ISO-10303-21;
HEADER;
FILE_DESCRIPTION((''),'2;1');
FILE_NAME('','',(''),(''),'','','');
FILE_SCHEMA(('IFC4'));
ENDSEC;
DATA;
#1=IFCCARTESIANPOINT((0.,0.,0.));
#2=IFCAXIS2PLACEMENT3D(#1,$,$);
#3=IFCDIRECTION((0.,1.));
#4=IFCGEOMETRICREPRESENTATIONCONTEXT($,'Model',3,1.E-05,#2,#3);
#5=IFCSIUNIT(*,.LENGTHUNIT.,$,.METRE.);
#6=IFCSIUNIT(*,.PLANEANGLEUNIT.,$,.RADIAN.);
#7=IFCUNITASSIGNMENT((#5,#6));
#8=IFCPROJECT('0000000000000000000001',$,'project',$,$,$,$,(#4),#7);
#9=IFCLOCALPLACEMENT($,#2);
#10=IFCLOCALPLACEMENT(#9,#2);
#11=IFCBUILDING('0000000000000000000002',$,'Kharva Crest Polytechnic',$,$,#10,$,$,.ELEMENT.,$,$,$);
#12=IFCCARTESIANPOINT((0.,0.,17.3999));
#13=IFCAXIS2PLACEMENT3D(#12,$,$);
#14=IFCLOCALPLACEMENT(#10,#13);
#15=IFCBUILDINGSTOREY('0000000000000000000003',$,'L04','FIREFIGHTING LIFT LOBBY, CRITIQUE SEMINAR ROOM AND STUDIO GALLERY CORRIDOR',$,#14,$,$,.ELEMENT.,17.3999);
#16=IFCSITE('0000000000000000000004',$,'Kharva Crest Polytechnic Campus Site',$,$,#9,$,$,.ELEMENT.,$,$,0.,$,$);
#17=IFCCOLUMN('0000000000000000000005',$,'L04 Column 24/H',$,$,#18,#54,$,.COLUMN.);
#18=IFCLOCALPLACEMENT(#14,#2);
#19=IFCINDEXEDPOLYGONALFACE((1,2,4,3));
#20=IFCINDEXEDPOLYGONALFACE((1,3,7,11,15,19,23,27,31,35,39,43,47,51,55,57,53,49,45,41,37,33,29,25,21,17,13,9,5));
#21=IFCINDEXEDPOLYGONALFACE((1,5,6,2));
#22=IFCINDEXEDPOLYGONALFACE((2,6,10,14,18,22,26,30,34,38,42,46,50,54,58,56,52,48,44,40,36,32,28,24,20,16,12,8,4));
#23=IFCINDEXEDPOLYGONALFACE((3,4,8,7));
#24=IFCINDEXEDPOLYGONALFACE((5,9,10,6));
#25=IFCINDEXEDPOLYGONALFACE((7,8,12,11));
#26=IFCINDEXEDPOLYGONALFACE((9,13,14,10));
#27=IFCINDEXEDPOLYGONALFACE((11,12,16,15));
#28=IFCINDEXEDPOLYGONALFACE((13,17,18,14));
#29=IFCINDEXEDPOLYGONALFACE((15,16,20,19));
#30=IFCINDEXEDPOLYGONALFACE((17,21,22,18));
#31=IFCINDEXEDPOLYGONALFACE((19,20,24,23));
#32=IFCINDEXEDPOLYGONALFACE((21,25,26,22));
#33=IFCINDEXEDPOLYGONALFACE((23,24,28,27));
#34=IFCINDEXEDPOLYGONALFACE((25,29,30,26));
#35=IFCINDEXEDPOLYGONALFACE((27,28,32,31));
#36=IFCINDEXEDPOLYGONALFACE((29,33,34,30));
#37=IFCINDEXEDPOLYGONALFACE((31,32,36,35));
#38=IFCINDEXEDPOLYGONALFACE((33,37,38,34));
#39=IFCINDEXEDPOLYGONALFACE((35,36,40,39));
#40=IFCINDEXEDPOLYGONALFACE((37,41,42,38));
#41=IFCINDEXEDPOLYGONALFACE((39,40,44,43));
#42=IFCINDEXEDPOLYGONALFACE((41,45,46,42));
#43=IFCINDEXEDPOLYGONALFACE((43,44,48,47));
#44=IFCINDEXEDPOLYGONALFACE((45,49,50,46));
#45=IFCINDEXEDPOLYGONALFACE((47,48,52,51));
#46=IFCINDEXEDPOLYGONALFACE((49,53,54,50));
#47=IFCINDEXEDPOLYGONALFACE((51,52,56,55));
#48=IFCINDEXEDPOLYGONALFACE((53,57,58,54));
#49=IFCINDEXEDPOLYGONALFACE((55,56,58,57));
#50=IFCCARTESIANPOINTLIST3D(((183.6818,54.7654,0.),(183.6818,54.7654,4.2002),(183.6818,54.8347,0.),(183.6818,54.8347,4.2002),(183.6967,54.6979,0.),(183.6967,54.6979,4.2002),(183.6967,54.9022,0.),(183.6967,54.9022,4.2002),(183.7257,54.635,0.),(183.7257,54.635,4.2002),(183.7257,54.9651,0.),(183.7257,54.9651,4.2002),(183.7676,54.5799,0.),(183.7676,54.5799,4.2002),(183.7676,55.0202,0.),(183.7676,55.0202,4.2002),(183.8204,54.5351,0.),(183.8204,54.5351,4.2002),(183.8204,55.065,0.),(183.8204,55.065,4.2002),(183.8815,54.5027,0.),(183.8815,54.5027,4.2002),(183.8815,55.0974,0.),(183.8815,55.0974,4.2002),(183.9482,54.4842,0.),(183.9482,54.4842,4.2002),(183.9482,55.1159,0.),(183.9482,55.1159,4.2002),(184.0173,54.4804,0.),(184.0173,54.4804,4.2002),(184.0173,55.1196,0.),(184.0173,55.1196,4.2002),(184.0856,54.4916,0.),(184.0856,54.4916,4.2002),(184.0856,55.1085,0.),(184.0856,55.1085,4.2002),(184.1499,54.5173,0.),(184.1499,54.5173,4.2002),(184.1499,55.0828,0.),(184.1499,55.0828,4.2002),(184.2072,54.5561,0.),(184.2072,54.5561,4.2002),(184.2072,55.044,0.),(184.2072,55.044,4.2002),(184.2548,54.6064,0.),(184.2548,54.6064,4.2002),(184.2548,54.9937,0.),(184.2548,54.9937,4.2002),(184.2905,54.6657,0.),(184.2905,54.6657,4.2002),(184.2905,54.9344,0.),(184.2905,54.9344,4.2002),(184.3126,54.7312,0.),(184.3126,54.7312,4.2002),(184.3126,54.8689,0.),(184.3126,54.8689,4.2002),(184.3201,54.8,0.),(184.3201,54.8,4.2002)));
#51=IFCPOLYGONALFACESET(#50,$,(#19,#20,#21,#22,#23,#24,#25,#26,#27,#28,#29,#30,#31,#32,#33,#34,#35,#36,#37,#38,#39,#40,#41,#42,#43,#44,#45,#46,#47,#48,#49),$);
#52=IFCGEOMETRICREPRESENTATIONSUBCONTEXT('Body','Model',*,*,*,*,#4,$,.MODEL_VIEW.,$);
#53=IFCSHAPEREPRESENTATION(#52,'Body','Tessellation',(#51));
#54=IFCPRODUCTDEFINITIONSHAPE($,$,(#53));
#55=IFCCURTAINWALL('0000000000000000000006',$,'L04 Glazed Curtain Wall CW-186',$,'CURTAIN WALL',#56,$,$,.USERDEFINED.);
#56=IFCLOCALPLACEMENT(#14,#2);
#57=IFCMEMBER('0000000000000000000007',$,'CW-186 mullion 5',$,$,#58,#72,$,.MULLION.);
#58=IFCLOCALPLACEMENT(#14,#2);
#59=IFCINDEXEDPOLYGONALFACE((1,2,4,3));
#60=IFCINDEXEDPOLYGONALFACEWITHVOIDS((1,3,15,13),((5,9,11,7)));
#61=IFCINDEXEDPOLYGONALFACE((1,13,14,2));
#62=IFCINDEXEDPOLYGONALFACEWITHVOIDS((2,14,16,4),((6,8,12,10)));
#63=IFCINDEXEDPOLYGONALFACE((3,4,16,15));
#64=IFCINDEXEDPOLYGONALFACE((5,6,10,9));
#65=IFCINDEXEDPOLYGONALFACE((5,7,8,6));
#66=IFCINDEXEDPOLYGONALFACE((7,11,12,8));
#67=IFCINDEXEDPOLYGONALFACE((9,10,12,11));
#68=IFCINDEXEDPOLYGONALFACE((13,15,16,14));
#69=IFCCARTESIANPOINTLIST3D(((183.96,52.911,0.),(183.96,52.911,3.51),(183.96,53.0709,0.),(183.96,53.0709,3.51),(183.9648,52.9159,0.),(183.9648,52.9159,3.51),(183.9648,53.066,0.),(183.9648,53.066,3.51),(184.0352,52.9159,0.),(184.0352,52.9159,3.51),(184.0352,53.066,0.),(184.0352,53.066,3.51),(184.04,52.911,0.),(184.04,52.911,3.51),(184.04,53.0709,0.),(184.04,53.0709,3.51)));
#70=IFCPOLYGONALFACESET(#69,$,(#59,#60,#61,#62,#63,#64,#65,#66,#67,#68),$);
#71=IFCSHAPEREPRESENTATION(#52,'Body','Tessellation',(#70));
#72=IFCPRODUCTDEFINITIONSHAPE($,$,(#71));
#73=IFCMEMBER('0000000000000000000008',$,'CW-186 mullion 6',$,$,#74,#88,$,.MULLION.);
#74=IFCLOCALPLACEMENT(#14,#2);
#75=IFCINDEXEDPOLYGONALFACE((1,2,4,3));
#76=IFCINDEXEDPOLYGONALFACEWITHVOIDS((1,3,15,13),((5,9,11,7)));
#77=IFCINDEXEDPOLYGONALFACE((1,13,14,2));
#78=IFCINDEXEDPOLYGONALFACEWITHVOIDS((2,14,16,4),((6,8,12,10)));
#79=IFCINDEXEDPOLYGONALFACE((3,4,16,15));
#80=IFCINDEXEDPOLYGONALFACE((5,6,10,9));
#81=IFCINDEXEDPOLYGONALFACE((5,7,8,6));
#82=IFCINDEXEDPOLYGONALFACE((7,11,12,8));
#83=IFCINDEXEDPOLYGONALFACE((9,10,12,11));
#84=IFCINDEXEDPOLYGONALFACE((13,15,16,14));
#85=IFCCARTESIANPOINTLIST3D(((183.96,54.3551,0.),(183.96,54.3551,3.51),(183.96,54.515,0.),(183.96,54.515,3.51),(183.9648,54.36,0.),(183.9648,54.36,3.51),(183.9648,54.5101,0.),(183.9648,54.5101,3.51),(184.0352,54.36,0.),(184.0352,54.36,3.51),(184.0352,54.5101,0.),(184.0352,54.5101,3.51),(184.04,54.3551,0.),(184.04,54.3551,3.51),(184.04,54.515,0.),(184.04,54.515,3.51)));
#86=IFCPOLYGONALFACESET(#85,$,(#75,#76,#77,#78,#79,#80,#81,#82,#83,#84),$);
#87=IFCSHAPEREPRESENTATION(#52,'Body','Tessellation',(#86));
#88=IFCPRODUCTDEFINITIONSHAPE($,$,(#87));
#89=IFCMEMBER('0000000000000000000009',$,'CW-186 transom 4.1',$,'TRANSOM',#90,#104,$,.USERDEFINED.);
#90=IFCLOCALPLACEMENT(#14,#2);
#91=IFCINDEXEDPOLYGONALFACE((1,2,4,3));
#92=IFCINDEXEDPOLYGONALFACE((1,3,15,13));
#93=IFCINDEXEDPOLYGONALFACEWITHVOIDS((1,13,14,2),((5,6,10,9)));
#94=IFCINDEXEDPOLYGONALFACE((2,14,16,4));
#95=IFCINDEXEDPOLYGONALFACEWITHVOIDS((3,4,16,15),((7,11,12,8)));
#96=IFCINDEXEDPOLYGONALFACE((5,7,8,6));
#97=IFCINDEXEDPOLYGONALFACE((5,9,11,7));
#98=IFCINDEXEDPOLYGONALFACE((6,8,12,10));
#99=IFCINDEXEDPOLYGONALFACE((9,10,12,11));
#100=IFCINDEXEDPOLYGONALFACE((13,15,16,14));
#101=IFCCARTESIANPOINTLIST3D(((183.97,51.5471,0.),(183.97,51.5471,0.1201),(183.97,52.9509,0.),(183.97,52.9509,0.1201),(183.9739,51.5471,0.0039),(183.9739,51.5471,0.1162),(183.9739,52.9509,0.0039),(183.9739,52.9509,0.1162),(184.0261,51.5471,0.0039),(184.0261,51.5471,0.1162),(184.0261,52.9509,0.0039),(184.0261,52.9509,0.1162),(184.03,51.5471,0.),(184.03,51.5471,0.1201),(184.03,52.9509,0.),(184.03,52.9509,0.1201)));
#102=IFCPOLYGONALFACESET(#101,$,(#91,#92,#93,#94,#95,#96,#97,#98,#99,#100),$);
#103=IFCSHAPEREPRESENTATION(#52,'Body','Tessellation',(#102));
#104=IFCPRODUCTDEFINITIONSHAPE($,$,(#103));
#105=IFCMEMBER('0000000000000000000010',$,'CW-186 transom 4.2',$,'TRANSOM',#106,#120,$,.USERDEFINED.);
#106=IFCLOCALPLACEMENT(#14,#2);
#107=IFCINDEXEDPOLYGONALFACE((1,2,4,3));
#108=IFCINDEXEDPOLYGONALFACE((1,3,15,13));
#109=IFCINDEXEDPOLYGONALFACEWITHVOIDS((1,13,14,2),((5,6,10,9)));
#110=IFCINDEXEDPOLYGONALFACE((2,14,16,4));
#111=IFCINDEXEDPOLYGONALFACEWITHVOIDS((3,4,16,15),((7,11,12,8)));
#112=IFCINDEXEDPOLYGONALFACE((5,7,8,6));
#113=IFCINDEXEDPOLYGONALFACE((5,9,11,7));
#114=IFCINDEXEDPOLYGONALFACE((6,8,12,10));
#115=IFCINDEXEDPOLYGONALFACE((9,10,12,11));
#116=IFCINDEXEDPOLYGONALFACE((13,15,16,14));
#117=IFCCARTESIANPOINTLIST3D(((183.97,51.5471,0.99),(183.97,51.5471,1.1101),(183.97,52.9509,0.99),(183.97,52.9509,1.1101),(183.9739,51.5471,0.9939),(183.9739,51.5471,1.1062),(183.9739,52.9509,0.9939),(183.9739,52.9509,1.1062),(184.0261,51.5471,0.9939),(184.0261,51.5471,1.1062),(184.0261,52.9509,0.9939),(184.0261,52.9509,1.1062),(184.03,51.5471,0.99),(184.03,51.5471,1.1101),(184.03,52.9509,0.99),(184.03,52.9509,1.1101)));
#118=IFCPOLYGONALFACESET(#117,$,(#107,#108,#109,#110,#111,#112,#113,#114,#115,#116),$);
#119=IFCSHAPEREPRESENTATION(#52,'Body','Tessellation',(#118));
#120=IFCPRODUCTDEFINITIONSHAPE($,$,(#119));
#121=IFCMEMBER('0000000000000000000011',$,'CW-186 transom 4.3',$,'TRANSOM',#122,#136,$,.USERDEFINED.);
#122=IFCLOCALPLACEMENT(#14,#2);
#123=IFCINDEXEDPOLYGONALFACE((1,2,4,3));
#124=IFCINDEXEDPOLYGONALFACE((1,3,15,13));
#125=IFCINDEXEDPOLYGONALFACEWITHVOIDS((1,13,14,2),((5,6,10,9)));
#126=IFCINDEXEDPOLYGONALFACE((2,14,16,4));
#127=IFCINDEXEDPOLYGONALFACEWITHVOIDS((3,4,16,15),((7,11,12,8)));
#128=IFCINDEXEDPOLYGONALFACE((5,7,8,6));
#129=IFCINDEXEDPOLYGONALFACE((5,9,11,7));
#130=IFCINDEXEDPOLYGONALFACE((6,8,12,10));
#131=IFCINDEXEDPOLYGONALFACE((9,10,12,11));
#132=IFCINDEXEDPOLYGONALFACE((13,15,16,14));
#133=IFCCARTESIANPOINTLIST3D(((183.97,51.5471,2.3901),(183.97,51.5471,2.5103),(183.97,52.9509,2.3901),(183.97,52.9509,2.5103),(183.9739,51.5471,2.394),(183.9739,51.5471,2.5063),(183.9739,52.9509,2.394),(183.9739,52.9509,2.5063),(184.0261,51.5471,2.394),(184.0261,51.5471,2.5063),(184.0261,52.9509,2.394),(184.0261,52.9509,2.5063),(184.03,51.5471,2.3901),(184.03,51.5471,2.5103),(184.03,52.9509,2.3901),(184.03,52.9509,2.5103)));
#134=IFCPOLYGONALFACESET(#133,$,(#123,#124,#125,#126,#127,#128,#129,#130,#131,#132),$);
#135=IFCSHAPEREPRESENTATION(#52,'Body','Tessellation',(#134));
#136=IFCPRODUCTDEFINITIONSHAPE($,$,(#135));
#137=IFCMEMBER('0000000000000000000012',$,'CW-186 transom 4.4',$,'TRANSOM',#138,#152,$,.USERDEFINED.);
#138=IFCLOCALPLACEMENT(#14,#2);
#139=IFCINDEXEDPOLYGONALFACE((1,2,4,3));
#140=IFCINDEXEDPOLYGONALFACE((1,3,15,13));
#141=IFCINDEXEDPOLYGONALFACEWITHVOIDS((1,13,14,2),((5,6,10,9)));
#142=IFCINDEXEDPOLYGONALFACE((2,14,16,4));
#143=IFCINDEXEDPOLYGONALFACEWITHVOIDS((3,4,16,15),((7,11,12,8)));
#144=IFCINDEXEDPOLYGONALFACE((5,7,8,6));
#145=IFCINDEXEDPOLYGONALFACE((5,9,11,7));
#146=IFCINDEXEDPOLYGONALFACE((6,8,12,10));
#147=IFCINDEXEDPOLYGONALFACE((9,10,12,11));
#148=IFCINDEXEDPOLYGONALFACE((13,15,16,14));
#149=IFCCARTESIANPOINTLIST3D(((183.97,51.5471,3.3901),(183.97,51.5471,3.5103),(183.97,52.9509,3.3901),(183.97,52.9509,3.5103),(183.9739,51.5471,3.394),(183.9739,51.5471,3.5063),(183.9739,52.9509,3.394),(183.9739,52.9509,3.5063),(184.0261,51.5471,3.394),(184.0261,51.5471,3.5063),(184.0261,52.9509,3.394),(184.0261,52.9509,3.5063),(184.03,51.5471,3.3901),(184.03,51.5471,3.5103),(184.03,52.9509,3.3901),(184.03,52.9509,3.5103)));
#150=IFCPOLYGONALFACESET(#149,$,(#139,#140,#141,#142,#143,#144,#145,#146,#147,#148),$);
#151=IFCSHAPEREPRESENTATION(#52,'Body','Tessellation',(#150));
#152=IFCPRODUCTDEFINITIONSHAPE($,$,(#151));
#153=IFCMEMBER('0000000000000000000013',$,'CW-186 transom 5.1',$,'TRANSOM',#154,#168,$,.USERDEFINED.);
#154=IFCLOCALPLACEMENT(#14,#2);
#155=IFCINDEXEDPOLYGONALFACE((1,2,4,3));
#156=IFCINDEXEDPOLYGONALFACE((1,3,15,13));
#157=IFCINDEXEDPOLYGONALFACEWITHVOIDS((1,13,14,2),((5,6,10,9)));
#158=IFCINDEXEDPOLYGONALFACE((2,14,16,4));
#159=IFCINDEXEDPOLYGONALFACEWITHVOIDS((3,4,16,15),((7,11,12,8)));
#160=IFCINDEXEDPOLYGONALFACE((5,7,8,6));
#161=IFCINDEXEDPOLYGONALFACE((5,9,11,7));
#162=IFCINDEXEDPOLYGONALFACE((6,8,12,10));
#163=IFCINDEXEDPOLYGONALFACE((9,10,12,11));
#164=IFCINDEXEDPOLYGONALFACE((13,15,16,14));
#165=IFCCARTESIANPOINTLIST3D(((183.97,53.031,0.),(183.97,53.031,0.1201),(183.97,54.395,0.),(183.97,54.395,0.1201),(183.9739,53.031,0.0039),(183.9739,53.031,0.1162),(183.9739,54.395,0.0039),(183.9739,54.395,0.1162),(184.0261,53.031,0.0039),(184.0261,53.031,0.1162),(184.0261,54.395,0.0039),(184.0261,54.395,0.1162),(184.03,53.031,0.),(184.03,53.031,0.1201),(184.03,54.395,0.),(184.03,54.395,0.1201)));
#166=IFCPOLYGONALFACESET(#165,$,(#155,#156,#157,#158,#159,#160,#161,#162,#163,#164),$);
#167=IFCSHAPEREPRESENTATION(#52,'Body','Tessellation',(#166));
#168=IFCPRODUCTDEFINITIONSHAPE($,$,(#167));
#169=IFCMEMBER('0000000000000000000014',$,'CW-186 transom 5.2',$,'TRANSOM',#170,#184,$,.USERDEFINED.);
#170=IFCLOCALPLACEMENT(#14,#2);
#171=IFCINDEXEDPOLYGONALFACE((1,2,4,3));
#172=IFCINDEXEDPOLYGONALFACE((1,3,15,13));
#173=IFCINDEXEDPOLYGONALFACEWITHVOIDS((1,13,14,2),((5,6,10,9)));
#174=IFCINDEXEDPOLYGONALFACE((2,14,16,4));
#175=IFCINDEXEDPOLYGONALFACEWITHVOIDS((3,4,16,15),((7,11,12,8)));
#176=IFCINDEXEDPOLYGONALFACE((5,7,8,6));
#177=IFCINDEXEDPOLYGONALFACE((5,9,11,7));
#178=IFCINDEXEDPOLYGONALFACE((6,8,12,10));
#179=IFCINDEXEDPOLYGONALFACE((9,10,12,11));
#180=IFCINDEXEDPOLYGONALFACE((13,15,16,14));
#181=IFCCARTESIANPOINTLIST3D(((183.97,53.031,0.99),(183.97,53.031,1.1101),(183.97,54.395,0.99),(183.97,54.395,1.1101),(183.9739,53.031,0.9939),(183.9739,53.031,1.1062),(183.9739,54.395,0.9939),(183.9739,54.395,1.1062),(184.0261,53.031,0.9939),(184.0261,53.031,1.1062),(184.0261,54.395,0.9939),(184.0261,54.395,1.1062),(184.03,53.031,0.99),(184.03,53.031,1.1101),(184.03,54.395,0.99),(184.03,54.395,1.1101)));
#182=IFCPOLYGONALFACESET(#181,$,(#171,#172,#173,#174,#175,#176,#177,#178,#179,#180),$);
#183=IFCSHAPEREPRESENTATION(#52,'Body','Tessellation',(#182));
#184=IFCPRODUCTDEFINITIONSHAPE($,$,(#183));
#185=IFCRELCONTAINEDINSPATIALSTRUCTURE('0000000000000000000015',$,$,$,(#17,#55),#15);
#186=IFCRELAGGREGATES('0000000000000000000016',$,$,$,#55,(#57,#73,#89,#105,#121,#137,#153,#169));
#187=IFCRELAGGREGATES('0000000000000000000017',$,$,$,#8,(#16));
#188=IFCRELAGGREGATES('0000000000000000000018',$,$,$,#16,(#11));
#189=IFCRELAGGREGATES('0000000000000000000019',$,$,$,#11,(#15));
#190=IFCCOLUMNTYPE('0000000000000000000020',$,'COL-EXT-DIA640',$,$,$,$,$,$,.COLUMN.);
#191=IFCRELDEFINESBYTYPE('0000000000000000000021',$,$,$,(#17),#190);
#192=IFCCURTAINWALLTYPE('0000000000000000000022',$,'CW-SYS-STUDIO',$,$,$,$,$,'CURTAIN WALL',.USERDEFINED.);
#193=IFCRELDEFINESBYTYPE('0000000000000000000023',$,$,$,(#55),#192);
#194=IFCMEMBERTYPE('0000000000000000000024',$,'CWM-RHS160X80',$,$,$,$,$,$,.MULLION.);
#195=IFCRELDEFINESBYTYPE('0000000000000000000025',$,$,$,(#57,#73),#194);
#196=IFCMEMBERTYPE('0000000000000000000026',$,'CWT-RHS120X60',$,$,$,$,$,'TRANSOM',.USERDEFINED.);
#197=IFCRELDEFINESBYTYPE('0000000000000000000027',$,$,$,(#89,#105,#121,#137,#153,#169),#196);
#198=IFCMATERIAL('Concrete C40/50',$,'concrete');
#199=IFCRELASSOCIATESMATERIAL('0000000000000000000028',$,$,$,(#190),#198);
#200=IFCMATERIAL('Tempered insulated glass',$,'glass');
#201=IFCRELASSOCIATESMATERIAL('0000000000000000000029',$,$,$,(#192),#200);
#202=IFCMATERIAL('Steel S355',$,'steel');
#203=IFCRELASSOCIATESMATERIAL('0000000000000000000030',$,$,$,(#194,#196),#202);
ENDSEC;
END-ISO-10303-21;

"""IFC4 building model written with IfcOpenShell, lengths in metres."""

from ifc_helpers import new_model, si_unit, direction, frame, origin, origin_2d, place, context, subcontext, project, spatial, hollow_rectangle, circle, extrude, material, material_profile, profile_set, type_object, element, aggregate, save


model = new_model("IFC4")

# Units and contexts
model_context = context("Model", 3, precision=1e-05, world=origin(), true_north=direction((0.0, 1.0)))
body_context = subcontext(model_context, "Body", "Model", "MODEL_VIEW")
ifc_project = project(units=[si_unit("LENGTHUNIT", "METRE"), si_unit("PLANEANGLEUNIT", "RADIAN")], contexts=[model_context])

# Site, building, storey
site_placement = place(None, origin())
site = spatial("IfcSite", under=ifc_project, at=site_placement, Name="Kharva Crest Polytechnic Campus Site", CompositionType="ELEMENT", RefElevation=0.0)
building_placement = place(site_placement, origin())
building = spatial("IfcBuilding", under=site, at=building_placement, Name="Kharva Crest Polytechnic", CompositionType="ELEMENT")
storey_placement = place(building_placement, frame((0.0, 0.0, 17.3999)))
storey = spatial("IfcBuildingStorey", under=building, at=storey_placement, Name="L04", Description="FIREFIGHTING LIFT LOBBY, CRITIQUE SEMINAR ROOM AND STUDIO GALLERY CORRIDOR", CompositionType="ELEMENT", Elevation=17.3999)

# Column
ifc_material_1 = material(Name="Concrete C40/50", Category="concrete")
ifc_material_profile_1 = material_profile(ifc_material_1, circle(Radius=0.3201, at=origin_2d()), Name="DIA 640")
ifc_profile_set_1 = profile_set([ifc_material_profile_1], Name="Concrete C40/50")
column_type = type_object("IfcColumnType", Name="COL-EXT-DIA640", PredefinedType="COLUMN", material=ifc_profile_set_1)
column_placement = place(storey_placement, frame((184.0, 54.8, 0.0), z_axis=(0.0, 0.0, 1.0), x_axis=(1.0, 0.0, 0.0)))
element("IfcColumn", 1, at=column_placement, inside=storey, type_object=column_type, Name="L04 Column 24/H", PredefinedType="COLUMN", context=body_context, shape_type="SweptSolid", body=[
    extrude(circle(Radius=0.3201, at=origin_2d()), origin(), (0.0, 0.0, 1.0), 4.2002),
])

# Curtain wall, members
ifc_material_2 = material(Name="Tempered insulated glass", Category="glass")
curtain_wall_type = type_object("IfcCurtainWallType", Name="CW-SYS-STUDIO", ElementType="CURTAIN WALL", PredefinedType="USERDEFINED", material=ifc_material_2)
curtain_wall_placement = place(storey_placement, origin())
curtain_wall = element("IfcCurtainWall", 2, at=curtain_wall_placement, inside=storey, type_object=curtain_wall_type, Name="L04 Glazed Curtain Wall CW-186", ObjectType="CURTAIN WALL", PredefinedType="USERDEFINED")
ifc_material_3 = material(Name="Steel S355", Category="steel")
ifc_material_profile_2 = material_profile(ifc_material_3, hollow_rectangle(XDim=0.0801, YDim=0.1599, WallThickness=0.0049, at=origin_2d()), Name="RHS 160X80X5.0")
ifc_profile_set_2 = profile_set([ifc_material_profile_2], Name="Steel S355")
member_type_1 = type_object("IfcMemberType", Name="CWM-RHS160X80", PredefinedType="MULLION", material=ifc_profile_set_2)
member_1_placement = place(storey_placement, frame((184.0, 52.991, 0.0), z_axis=(0.0, 0.0, 1.0), x_axis=(-1.0, 0.0, 0.0)))
member_1 = element("IfcMember", 3, at=member_1_placement, type_object=member_type_1, Name="CW-186 mullion 5", PredefinedType="MULLION", context=body_context, shape_type="SweptSolid", body=[
    extrude(hollow_rectangle(XDim=0.0801, YDim=0.1599, WallThickness=0.0049, at=origin_2d()), origin(), (0.0, 0.0, 1.0), 3.51),
])
member_2_placement = place(storey_placement, frame((184.0, 54.4351, 0.0), z_axis=(0.0, 0.0, 1.0), x_axis=(-1.0, 0.0, 0.0)))
member_2 = element("IfcMember", 4, at=member_2_placement, type_object=member_type_1, Name="CW-186 mullion 6", PredefinedType="MULLION", context=body_context, shape_type="SweptSolid", body=[
    extrude(hollow_rectangle(XDim=0.0801, YDim=0.1599, WallThickness=0.0049, at=origin_2d()), origin(), (0.0, 0.0, 1.0), 3.51),
])
ifc_material_profile_3 = material_profile(ifc_material_3, hollow_rectangle(XDim=0.0601, YDim=0.1201, WallThickness=0.0039, at=origin_2d()), Name="RHS 120X60X4.0")
ifc_profile_set_3 = profile_set([ifc_material_profile_3], Name="Steel S355")
member_type_2 = type_object("IfcMemberType", Name="CWT-RHS120X60", ElementType="TRANSOM", PredefinedType="USERDEFINED", material=ifc_profile_set_3)
member_3_placement = place(storey_placement, frame((184.0, 51.5471, 0.0601), z_axis=(0.0, 1.0, 0.0), x_axis=(-1.0, 0.0, 0.0)))
member_3 = element("IfcMember", 5, at=member_3_placement, type_object=member_type_2, Name="CW-186 transom 4.1", ObjectType="TRANSOM", PredefinedType="USERDEFINED", context=body_context, shape_type="SweptSolid", body=[
    extrude(hollow_rectangle(XDim=0.0601, YDim=0.1201, WallThickness=0.0039, at=origin_2d()), origin(), (0.0, 0.0, 1.0), 1.4038),
])
member_4_placement = place(storey_placement, frame((184.0, 51.5471, 1.05), z_axis=(0.0, 1.0, 0.0), x_axis=(-1.0, 0.0, 0.0)))
member_4 = element("IfcMember", 6, at=member_4_placement, type_object=member_type_2, Name="CW-186 transom 4.2", ObjectType="TRANSOM", PredefinedType="USERDEFINED", context=body_context, shape_type="SweptSolid", body=[
    extrude(hollow_rectangle(XDim=0.0601, YDim=0.1201, WallThickness=0.0039, at=origin_2d()), origin(), (0.0, 0.0, 1.0), 1.4038),
])
member_5_placement = place(storey_placement, frame((184.0, 51.5471, 2.4502), z_axis=(0.0, 1.0, 0.0), x_axis=(-1.0, 0.0, 0.0)))
member_5 = element("IfcMember", 7, at=member_5_placement, type_object=member_type_2, Name="CW-186 transom 4.3", ObjectType="TRANSOM", PredefinedType="USERDEFINED", context=body_context, shape_type="SweptSolid", body=[
    extrude(hollow_rectangle(XDim=0.0601, YDim=0.1201, WallThickness=0.0039, at=origin_2d()), origin(), (0.0, 0.0, 1.0), 1.4038),
])
member_6_placement = place(storey_placement, frame((184.0, 51.5471, 3.4502), z_axis=(0.0, 1.0, 0.0), x_axis=(-1.0, 0.0, 0.0)))
member_6 = element("IfcMember", 8, at=member_6_placement, type_object=member_type_2, Name="CW-186 transom 4.4", ObjectType="TRANSOM", PredefinedType="USERDEFINED", context=body_context, shape_type="SweptSolid", body=[
    extrude(hollow_rectangle(XDim=0.0601, YDim=0.1201, WallThickness=0.0039, at=origin_2d()), origin(), (0.0, 0.0, 1.0), 1.4038),
])
member_7_placement = place(storey_placement, frame((184.0, 53.031, 0.0601), z_axis=(0.0, 1.0, 0.0), x_axis=(-1.0, 0.0, 0.0)))
member_7 = element("IfcMember", 9, at=member_7_placement, type_object=member_type_2, Name="CW-186 transom 5.1", ObjectType="TRANSOM", PredefinedType="USERDEFINED", context=body_context, shape_type="SweptSolid", body=[
    extrude(hollow_rectangle(XDim=0.0601, YDim=0.1201, WallThickness=0.0039, at=origin_2d()), origin(), (0.0, 0.0, 1.0), 1.364),
])
member_8_placement = place(storey_placement, frame((184.0, 53.031, 1.05), z_axis=(0.0, 1.0, 0.0), x_axis=(-1.0, 0.0, 0.0)))
member_8 = element("IfcMember", 10, at=member_8_placement, type_object=member_type_2, Name="CW-186 transom 5.2", ObjectType="TRANSOM", PredefinedType="USERDEFINED", context=body_context, shape_type="SweptSolid", body=[
    extrude(hollow_rectangle(XDim=0.0601, YDim=0.1201, WallThickness=0.0039, at=origin_2d()), origin(), (0.0, 0.0, 1.0), 1.364),
])

aggregate(curtain_wall, [member_1, member_2, member_3, member_4, member_5, member_6, member_7, member_8])

save(model, "model.ifc")
